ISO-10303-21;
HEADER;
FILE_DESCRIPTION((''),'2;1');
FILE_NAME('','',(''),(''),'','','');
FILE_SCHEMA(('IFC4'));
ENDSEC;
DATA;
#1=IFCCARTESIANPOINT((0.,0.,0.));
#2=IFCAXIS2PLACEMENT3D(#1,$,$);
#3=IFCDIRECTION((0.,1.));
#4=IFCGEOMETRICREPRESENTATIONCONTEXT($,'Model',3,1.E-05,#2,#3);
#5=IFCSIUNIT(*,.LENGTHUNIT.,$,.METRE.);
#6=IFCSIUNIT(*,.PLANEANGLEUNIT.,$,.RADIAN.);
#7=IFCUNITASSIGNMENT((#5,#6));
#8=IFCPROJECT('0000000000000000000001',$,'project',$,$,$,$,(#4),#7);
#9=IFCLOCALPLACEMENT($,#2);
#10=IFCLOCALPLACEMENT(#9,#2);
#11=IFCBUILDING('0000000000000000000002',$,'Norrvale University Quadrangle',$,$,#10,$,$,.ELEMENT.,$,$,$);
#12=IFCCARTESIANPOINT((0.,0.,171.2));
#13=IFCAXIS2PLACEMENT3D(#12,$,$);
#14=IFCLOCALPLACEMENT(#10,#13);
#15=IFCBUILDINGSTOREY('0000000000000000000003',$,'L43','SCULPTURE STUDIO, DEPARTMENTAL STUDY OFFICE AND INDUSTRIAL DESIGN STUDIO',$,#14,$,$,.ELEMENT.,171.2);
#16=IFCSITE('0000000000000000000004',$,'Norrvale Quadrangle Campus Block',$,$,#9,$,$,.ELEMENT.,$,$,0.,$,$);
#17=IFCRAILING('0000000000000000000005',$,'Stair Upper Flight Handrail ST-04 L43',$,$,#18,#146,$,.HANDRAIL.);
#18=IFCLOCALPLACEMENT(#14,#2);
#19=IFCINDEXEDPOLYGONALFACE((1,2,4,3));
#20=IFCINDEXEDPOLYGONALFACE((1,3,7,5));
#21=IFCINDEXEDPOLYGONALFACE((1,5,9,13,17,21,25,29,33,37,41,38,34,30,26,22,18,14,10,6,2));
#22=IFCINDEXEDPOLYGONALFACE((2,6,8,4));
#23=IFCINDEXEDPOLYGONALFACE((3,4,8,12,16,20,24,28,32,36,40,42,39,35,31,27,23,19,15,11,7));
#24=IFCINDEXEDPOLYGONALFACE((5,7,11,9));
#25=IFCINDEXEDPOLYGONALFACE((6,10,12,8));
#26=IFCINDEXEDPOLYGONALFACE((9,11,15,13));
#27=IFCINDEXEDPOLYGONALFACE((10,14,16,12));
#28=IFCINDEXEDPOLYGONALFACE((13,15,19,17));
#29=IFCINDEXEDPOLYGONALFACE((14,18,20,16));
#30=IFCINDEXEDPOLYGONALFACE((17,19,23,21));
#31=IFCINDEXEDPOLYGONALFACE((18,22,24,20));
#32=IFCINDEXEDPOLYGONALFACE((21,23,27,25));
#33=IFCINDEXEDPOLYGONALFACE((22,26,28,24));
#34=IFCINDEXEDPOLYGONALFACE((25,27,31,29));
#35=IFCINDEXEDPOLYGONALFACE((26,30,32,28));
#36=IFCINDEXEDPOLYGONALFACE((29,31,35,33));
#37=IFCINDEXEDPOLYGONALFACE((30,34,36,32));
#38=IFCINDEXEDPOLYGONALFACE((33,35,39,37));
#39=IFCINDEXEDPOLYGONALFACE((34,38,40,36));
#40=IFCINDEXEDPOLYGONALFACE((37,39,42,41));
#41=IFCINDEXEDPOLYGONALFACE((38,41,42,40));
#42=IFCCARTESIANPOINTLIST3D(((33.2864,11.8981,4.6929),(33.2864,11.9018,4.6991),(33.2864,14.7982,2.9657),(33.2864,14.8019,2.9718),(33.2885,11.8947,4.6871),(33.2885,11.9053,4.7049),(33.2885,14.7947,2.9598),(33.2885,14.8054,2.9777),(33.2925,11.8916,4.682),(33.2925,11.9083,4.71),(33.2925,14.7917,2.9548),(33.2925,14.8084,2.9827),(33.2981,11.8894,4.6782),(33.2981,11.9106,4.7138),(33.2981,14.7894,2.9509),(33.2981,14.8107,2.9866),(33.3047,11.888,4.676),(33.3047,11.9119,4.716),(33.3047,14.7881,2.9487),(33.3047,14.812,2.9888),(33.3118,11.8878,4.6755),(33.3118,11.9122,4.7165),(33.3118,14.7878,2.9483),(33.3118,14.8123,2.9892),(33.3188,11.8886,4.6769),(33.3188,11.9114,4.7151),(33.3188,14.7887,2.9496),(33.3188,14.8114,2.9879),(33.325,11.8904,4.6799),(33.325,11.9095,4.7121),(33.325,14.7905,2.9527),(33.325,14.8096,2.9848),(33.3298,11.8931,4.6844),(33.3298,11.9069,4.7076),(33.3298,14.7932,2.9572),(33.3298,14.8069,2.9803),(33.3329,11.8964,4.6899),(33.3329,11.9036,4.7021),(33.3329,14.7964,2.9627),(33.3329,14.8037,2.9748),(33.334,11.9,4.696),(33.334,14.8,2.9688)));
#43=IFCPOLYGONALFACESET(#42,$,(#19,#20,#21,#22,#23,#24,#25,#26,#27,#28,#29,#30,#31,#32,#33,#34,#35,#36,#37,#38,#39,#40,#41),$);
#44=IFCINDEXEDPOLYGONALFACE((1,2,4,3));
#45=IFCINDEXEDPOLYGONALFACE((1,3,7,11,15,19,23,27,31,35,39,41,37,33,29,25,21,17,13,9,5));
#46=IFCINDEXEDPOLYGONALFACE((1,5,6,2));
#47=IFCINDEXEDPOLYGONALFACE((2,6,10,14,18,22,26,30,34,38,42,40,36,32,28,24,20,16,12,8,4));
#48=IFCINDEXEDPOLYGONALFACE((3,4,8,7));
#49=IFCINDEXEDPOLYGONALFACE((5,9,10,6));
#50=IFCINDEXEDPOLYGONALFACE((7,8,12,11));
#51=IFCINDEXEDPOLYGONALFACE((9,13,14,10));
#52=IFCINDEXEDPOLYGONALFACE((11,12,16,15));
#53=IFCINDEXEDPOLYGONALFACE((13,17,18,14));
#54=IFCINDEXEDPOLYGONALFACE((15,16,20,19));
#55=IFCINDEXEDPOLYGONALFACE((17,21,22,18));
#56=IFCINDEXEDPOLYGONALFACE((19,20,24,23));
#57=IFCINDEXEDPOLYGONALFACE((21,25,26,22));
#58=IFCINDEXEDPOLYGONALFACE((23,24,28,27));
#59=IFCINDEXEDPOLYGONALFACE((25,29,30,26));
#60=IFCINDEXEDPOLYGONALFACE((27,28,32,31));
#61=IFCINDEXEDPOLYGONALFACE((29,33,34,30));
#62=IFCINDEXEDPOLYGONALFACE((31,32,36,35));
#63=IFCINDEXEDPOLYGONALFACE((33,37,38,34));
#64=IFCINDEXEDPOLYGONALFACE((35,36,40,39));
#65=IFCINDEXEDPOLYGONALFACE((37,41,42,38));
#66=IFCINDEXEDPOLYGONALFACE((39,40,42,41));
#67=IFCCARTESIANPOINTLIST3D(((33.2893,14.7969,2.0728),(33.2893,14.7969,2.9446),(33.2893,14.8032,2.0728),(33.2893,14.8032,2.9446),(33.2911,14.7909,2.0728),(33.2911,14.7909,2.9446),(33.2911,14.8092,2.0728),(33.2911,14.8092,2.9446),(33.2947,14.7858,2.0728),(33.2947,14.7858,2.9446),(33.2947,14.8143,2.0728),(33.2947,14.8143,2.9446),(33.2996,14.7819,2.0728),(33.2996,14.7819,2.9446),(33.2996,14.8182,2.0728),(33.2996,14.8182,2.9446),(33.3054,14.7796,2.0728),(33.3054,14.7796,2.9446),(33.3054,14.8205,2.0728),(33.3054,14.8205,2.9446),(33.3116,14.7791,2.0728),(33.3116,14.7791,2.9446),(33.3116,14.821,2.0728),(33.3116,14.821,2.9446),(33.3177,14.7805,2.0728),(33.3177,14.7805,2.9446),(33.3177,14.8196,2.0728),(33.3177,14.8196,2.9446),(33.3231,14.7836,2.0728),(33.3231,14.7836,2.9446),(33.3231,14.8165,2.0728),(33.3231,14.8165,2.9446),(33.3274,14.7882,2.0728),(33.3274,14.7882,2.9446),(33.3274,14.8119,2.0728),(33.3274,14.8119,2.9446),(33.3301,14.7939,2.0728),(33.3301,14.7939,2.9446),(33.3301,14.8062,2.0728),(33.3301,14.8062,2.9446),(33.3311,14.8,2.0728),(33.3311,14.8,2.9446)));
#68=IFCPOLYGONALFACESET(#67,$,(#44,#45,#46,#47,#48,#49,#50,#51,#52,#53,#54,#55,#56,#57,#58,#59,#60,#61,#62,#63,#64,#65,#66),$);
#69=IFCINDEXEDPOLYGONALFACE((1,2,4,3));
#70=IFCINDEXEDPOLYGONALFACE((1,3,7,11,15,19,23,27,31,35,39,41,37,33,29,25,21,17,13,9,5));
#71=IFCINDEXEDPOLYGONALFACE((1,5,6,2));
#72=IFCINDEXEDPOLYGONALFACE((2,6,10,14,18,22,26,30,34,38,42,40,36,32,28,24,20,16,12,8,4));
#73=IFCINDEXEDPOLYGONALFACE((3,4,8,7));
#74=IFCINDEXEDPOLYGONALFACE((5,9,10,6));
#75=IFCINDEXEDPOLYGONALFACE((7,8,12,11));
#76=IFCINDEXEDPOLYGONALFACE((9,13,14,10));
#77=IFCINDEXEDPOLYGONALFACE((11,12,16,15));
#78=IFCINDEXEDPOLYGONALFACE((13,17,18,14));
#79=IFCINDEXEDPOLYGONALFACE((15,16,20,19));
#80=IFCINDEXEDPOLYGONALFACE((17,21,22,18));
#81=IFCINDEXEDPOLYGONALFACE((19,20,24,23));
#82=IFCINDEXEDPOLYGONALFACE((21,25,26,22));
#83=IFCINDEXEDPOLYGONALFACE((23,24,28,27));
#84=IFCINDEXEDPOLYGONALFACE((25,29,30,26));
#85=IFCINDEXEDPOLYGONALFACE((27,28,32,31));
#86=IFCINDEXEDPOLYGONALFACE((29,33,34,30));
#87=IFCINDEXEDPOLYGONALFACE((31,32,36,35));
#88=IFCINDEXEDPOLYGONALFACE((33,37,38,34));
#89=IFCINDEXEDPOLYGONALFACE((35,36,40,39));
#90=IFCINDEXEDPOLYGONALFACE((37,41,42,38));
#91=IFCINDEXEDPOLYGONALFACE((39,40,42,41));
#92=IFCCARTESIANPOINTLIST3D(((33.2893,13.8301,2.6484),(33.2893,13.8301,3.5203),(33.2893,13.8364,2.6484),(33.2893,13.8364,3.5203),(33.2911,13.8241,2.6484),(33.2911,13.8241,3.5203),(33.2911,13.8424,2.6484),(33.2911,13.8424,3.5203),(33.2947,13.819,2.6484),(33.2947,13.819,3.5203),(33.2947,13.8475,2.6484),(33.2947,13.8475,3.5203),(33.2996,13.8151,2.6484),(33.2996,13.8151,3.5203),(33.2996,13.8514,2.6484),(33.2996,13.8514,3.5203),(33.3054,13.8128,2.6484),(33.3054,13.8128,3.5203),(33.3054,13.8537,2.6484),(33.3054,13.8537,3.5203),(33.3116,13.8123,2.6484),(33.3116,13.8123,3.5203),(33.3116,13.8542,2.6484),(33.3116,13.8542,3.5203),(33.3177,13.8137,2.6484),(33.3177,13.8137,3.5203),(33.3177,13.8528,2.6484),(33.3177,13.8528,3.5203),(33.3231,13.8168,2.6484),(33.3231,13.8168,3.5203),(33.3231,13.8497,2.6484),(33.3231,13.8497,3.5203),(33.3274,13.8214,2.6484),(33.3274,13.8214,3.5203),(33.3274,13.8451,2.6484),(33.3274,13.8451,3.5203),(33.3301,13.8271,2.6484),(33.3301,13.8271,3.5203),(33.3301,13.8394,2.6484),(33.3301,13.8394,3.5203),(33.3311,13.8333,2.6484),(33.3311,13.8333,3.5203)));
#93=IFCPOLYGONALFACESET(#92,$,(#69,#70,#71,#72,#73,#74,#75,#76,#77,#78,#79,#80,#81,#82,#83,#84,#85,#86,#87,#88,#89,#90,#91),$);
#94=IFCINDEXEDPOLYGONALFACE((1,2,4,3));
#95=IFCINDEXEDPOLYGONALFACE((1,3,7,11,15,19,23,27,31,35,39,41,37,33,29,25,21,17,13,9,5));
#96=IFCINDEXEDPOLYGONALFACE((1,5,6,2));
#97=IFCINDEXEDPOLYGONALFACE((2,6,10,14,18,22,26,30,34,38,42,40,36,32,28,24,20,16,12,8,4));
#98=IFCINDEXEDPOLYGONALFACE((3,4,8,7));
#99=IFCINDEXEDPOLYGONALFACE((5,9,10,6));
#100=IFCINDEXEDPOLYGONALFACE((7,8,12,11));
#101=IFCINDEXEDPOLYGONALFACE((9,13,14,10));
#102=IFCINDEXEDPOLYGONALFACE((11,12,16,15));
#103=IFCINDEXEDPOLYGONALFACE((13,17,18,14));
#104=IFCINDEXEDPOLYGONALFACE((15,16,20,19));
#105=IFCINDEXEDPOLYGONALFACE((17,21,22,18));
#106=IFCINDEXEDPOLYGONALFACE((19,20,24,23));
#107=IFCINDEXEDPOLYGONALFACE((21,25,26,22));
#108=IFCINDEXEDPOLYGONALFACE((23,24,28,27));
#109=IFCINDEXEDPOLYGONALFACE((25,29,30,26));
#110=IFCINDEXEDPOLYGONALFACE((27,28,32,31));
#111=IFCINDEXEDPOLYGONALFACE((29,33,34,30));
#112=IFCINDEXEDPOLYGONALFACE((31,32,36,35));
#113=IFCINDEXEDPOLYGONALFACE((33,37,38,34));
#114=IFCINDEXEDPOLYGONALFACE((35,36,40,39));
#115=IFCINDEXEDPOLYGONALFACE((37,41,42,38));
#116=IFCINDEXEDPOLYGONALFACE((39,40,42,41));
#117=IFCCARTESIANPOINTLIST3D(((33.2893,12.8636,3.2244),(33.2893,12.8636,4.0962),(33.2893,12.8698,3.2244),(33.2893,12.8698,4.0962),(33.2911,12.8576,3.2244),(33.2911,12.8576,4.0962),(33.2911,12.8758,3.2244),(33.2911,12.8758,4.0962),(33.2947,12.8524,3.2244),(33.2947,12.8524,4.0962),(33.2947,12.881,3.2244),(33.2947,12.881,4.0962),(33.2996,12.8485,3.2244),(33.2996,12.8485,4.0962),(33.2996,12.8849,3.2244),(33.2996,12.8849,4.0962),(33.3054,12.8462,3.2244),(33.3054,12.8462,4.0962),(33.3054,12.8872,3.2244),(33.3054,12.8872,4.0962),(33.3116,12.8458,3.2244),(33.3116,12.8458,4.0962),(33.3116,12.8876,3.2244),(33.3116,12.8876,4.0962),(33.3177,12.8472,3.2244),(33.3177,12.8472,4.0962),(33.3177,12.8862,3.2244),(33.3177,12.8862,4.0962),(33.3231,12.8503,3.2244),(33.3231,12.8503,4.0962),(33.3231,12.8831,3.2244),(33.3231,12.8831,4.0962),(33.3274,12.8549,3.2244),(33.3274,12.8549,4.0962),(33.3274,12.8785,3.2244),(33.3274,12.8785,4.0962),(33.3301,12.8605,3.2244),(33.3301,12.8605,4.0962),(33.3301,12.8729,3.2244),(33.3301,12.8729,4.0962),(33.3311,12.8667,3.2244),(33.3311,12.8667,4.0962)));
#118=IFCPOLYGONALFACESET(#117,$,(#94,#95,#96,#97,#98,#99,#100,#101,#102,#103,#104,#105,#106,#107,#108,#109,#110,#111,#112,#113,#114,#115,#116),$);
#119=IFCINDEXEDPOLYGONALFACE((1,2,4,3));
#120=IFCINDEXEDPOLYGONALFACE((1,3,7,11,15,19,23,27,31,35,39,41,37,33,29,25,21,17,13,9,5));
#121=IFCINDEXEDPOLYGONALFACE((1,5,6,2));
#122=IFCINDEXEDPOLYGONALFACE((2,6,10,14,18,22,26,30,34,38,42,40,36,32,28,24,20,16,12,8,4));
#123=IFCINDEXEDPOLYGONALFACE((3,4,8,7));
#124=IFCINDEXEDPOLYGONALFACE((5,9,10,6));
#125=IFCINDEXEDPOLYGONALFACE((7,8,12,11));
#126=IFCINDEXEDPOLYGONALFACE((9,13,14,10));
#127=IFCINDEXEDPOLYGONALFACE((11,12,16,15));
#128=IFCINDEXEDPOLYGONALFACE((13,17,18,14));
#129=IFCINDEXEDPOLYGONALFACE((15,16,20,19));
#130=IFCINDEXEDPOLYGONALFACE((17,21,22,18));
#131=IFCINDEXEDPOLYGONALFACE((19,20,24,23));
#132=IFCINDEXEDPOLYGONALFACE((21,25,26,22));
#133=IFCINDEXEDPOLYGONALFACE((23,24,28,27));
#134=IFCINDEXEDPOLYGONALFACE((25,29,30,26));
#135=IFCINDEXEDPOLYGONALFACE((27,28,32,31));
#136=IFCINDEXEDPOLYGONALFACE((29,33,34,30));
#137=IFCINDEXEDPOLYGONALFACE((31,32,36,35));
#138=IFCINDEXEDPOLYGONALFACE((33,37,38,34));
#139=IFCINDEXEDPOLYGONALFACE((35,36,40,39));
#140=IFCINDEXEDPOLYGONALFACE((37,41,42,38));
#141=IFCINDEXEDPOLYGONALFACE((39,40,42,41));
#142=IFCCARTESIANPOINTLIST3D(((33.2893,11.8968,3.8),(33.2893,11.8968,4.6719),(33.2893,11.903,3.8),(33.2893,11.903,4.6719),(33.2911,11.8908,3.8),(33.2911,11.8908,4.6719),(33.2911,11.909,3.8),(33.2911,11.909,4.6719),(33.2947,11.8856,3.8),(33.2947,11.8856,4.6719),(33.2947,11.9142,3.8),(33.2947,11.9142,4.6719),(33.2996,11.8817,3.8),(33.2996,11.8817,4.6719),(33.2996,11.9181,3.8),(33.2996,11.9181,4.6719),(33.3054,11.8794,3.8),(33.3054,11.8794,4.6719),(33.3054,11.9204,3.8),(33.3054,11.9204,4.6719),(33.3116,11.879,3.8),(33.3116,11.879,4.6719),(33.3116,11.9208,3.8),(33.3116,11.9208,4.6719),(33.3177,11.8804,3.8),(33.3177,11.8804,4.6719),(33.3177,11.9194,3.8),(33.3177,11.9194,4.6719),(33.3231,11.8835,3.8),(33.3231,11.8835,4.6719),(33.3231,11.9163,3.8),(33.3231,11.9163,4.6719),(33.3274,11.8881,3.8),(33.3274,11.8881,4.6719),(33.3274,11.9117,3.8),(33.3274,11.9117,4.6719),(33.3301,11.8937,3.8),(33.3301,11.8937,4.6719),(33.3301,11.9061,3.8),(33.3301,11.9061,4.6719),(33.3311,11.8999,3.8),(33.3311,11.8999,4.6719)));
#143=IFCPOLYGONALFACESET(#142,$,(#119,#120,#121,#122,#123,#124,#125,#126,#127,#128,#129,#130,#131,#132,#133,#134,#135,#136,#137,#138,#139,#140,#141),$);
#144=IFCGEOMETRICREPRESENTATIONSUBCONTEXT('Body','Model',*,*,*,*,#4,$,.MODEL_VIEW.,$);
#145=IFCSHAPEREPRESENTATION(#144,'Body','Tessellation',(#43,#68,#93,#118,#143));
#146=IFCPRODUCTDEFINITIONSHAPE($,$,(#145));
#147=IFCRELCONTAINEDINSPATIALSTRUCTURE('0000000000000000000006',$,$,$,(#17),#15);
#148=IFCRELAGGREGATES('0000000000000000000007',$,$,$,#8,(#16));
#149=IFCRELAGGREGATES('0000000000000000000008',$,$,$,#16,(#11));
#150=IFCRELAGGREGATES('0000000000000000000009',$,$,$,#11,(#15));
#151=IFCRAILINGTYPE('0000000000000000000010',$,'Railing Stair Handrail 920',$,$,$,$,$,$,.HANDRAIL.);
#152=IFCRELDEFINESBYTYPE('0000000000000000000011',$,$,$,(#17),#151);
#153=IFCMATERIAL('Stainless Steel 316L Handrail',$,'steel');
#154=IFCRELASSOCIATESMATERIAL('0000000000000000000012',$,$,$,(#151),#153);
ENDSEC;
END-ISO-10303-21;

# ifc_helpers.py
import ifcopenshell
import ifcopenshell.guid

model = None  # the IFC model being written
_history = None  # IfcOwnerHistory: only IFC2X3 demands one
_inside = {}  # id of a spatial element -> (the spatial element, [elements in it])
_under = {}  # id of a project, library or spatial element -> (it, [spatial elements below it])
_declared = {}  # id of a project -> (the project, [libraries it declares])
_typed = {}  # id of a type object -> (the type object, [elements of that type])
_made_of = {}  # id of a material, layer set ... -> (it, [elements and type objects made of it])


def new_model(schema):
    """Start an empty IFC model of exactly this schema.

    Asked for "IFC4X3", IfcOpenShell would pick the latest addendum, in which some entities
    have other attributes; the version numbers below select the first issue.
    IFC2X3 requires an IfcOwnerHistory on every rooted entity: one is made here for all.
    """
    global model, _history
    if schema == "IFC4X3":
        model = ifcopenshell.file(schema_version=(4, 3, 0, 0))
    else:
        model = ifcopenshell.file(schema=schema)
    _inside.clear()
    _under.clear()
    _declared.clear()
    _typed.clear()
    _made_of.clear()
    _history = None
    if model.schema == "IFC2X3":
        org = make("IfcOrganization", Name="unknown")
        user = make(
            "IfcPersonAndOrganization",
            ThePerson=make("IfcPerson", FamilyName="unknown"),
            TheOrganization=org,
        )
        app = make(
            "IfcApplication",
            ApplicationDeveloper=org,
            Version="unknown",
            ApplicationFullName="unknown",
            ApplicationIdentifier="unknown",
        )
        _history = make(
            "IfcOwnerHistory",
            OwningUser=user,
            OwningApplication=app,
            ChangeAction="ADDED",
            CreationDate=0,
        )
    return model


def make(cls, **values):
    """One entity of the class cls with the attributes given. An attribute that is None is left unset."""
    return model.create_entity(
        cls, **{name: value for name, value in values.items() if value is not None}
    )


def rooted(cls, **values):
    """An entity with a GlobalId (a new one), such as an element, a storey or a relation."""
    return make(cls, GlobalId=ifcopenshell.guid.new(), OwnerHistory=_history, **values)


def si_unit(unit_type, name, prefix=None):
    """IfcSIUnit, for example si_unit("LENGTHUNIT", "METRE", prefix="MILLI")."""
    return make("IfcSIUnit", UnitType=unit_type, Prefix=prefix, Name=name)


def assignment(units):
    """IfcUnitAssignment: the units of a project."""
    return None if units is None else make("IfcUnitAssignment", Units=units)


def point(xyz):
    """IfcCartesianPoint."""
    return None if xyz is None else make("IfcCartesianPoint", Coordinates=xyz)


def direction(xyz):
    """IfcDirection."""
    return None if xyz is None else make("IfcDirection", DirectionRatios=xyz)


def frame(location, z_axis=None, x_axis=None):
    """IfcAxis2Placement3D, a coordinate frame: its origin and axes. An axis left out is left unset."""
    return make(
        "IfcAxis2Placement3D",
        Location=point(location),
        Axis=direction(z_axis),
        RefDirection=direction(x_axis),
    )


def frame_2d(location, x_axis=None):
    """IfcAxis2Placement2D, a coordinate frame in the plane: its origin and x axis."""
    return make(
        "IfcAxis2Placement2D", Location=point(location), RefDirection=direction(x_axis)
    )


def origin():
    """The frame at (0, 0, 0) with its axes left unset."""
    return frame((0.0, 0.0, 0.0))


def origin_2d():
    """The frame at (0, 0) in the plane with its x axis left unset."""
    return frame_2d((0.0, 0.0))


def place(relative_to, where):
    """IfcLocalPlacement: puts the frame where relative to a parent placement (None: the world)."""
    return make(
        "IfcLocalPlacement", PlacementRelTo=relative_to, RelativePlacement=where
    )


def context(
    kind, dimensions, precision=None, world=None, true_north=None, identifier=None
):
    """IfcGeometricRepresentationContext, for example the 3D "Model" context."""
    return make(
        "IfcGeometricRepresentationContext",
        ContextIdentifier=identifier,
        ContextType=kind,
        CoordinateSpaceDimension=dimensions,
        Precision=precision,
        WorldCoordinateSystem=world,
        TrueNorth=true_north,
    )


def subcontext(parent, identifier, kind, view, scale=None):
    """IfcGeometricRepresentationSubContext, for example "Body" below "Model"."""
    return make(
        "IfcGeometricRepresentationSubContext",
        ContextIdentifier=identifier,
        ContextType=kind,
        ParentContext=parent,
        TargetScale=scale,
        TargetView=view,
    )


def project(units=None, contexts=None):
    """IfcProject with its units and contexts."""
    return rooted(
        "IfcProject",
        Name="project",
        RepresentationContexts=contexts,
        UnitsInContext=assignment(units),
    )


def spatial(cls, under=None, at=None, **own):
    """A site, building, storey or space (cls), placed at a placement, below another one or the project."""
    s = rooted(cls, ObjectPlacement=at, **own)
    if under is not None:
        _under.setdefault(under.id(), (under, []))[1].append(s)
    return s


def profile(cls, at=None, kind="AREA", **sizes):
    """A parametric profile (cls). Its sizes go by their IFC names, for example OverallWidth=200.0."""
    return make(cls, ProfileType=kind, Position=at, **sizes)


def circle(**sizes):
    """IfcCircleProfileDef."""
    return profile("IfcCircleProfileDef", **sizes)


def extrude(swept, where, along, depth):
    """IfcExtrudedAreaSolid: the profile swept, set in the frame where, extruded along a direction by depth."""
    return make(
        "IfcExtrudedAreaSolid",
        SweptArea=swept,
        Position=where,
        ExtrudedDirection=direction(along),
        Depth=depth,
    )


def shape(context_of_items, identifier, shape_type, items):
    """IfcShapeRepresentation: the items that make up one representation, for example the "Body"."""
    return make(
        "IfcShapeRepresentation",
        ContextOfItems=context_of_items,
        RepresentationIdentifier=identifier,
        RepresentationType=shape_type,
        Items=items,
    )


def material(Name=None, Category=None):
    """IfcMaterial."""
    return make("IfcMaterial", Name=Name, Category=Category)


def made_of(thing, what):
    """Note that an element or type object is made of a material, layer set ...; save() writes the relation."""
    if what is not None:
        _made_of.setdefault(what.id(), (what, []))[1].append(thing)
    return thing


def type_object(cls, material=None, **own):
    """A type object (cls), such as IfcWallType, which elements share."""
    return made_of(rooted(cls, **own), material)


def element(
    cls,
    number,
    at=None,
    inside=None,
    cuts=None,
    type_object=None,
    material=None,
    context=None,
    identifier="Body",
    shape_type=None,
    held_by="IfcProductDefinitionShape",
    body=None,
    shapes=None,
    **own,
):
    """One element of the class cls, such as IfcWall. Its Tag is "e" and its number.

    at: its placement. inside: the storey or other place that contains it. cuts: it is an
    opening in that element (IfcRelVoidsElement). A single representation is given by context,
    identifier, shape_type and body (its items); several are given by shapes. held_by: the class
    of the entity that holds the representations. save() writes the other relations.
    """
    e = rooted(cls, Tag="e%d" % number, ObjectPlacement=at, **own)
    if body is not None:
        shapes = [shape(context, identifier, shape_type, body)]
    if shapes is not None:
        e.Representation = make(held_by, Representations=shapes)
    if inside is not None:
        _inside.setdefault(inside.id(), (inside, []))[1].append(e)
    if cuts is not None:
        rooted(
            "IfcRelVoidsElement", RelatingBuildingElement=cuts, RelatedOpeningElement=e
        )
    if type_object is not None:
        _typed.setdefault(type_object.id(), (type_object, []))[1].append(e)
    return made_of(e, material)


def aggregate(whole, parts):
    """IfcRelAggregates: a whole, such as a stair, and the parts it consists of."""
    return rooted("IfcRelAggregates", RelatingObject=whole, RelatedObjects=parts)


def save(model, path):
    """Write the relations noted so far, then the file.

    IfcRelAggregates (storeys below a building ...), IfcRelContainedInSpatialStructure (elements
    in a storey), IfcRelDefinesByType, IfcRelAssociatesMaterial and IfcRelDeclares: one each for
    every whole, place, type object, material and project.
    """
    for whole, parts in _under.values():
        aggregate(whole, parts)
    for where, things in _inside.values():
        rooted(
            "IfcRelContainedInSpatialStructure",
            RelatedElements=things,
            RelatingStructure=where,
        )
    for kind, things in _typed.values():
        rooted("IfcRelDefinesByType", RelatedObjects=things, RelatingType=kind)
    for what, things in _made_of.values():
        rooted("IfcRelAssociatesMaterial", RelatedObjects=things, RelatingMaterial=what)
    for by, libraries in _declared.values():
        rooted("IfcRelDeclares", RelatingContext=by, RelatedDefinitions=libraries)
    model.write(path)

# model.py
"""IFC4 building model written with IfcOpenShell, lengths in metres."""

from ifc_helpers import new_model, si_unit, direction, frame, origin, origin_2d, place, context, subcontext, project, spatial, circle, extrude, material, type_object, element, save


model = new_model("IFC4")

# Units and contexts
model_context = context("Model", 3, precision=1e-05, world=origin(), true_north=direction((0.0, 1.0)))
body_context = subcontext(model_context, "Body", "Model", "MODEL_VIEW")
ifc_project = project(units=[si_unit("LENGTHUNIT", "METRE"), si_unit("PLANEANGLEUNIT", "RADIAN")], contexts=[model_context])

# Site, building, storey
site_placement = place(None, origin())
site = spatial("IfcSite", under=ifc_project, at=site_placement, Name="Norrvale Quadrangle Campus Block", CompositionType="ELEMENT", RefElevation=0.0)
building_placement = place(site_placement, origin())
building = spatial("IfcBuilding", under=site, at=building_placement, Name="Norrvale University Quadrangle", CompositionType="ELEMENT")
storey_placement = place(building_placement, frame((0.0, 0.0, 171.2)))
storey = spatial("IfcBuildingStorey", under=building, at=storey_placement, Name="L43", Description="SCULPTURE STUDIO, DEPARTMENTAL STUDY OFFICE AND INDUSTRIAL DESIGN STUDIO", CompositionType="ELEMENT", Elevation=171.2)

# Railing
ifc_material_1 = material(Name="Stainless Steel 316L Handrail", Category="steel")
railing_type_1 = type_object("IfcRailingType", Name="Railing Stair Handrail 920", PredefinedType="HANDRAIL", material=ifc_material_1)
railing_1_placement = place(storey_placement, frame((33.3101, 14.8, 2.0728)))
element("IfcRailing", 1, at=railing_1_placement, inside=storey, type_object=railing_type_1, Name="Stair Upper Flight Handrail ST-04 L43", PredefinedType="HANDRAIL", context=body_context, shape_type="SweptSolid", body=[
    extrude(circle(Radius=0.0239, at=origin_2d()), frame((0.0, 0.0, 0.896), z_axis=(0.0, -0.85916, 0.511706), x_axis=(1.0, 0.0, 0.0)), (0.0, 0.0, 1.0), 3.3755),
    extrude(circle(Radius=0.021, at=origin_2d()), origin(), (0.0, 0.0, 1.0), 0.8718),
    extrude(circle(Radius=0.021, at=origin_2d()), frame((0.0, -0.9668, 0.5757)), (0.0, 0.0, 1.0), 0.8718),
    extrude(circle(Radius=0.021, at=origin_2d()), frame((0.0, -1.9333, 1.1516)), (0.0, 0.0, 1.0), 0.8718),
    extrude(circle(Radius=0.021, at=origin_2d()), frame((0.0, -2.9001, 1.7273)), (0.0, 0.0, 1.0), 0.8718),
])

save(model, "model.ifc")
